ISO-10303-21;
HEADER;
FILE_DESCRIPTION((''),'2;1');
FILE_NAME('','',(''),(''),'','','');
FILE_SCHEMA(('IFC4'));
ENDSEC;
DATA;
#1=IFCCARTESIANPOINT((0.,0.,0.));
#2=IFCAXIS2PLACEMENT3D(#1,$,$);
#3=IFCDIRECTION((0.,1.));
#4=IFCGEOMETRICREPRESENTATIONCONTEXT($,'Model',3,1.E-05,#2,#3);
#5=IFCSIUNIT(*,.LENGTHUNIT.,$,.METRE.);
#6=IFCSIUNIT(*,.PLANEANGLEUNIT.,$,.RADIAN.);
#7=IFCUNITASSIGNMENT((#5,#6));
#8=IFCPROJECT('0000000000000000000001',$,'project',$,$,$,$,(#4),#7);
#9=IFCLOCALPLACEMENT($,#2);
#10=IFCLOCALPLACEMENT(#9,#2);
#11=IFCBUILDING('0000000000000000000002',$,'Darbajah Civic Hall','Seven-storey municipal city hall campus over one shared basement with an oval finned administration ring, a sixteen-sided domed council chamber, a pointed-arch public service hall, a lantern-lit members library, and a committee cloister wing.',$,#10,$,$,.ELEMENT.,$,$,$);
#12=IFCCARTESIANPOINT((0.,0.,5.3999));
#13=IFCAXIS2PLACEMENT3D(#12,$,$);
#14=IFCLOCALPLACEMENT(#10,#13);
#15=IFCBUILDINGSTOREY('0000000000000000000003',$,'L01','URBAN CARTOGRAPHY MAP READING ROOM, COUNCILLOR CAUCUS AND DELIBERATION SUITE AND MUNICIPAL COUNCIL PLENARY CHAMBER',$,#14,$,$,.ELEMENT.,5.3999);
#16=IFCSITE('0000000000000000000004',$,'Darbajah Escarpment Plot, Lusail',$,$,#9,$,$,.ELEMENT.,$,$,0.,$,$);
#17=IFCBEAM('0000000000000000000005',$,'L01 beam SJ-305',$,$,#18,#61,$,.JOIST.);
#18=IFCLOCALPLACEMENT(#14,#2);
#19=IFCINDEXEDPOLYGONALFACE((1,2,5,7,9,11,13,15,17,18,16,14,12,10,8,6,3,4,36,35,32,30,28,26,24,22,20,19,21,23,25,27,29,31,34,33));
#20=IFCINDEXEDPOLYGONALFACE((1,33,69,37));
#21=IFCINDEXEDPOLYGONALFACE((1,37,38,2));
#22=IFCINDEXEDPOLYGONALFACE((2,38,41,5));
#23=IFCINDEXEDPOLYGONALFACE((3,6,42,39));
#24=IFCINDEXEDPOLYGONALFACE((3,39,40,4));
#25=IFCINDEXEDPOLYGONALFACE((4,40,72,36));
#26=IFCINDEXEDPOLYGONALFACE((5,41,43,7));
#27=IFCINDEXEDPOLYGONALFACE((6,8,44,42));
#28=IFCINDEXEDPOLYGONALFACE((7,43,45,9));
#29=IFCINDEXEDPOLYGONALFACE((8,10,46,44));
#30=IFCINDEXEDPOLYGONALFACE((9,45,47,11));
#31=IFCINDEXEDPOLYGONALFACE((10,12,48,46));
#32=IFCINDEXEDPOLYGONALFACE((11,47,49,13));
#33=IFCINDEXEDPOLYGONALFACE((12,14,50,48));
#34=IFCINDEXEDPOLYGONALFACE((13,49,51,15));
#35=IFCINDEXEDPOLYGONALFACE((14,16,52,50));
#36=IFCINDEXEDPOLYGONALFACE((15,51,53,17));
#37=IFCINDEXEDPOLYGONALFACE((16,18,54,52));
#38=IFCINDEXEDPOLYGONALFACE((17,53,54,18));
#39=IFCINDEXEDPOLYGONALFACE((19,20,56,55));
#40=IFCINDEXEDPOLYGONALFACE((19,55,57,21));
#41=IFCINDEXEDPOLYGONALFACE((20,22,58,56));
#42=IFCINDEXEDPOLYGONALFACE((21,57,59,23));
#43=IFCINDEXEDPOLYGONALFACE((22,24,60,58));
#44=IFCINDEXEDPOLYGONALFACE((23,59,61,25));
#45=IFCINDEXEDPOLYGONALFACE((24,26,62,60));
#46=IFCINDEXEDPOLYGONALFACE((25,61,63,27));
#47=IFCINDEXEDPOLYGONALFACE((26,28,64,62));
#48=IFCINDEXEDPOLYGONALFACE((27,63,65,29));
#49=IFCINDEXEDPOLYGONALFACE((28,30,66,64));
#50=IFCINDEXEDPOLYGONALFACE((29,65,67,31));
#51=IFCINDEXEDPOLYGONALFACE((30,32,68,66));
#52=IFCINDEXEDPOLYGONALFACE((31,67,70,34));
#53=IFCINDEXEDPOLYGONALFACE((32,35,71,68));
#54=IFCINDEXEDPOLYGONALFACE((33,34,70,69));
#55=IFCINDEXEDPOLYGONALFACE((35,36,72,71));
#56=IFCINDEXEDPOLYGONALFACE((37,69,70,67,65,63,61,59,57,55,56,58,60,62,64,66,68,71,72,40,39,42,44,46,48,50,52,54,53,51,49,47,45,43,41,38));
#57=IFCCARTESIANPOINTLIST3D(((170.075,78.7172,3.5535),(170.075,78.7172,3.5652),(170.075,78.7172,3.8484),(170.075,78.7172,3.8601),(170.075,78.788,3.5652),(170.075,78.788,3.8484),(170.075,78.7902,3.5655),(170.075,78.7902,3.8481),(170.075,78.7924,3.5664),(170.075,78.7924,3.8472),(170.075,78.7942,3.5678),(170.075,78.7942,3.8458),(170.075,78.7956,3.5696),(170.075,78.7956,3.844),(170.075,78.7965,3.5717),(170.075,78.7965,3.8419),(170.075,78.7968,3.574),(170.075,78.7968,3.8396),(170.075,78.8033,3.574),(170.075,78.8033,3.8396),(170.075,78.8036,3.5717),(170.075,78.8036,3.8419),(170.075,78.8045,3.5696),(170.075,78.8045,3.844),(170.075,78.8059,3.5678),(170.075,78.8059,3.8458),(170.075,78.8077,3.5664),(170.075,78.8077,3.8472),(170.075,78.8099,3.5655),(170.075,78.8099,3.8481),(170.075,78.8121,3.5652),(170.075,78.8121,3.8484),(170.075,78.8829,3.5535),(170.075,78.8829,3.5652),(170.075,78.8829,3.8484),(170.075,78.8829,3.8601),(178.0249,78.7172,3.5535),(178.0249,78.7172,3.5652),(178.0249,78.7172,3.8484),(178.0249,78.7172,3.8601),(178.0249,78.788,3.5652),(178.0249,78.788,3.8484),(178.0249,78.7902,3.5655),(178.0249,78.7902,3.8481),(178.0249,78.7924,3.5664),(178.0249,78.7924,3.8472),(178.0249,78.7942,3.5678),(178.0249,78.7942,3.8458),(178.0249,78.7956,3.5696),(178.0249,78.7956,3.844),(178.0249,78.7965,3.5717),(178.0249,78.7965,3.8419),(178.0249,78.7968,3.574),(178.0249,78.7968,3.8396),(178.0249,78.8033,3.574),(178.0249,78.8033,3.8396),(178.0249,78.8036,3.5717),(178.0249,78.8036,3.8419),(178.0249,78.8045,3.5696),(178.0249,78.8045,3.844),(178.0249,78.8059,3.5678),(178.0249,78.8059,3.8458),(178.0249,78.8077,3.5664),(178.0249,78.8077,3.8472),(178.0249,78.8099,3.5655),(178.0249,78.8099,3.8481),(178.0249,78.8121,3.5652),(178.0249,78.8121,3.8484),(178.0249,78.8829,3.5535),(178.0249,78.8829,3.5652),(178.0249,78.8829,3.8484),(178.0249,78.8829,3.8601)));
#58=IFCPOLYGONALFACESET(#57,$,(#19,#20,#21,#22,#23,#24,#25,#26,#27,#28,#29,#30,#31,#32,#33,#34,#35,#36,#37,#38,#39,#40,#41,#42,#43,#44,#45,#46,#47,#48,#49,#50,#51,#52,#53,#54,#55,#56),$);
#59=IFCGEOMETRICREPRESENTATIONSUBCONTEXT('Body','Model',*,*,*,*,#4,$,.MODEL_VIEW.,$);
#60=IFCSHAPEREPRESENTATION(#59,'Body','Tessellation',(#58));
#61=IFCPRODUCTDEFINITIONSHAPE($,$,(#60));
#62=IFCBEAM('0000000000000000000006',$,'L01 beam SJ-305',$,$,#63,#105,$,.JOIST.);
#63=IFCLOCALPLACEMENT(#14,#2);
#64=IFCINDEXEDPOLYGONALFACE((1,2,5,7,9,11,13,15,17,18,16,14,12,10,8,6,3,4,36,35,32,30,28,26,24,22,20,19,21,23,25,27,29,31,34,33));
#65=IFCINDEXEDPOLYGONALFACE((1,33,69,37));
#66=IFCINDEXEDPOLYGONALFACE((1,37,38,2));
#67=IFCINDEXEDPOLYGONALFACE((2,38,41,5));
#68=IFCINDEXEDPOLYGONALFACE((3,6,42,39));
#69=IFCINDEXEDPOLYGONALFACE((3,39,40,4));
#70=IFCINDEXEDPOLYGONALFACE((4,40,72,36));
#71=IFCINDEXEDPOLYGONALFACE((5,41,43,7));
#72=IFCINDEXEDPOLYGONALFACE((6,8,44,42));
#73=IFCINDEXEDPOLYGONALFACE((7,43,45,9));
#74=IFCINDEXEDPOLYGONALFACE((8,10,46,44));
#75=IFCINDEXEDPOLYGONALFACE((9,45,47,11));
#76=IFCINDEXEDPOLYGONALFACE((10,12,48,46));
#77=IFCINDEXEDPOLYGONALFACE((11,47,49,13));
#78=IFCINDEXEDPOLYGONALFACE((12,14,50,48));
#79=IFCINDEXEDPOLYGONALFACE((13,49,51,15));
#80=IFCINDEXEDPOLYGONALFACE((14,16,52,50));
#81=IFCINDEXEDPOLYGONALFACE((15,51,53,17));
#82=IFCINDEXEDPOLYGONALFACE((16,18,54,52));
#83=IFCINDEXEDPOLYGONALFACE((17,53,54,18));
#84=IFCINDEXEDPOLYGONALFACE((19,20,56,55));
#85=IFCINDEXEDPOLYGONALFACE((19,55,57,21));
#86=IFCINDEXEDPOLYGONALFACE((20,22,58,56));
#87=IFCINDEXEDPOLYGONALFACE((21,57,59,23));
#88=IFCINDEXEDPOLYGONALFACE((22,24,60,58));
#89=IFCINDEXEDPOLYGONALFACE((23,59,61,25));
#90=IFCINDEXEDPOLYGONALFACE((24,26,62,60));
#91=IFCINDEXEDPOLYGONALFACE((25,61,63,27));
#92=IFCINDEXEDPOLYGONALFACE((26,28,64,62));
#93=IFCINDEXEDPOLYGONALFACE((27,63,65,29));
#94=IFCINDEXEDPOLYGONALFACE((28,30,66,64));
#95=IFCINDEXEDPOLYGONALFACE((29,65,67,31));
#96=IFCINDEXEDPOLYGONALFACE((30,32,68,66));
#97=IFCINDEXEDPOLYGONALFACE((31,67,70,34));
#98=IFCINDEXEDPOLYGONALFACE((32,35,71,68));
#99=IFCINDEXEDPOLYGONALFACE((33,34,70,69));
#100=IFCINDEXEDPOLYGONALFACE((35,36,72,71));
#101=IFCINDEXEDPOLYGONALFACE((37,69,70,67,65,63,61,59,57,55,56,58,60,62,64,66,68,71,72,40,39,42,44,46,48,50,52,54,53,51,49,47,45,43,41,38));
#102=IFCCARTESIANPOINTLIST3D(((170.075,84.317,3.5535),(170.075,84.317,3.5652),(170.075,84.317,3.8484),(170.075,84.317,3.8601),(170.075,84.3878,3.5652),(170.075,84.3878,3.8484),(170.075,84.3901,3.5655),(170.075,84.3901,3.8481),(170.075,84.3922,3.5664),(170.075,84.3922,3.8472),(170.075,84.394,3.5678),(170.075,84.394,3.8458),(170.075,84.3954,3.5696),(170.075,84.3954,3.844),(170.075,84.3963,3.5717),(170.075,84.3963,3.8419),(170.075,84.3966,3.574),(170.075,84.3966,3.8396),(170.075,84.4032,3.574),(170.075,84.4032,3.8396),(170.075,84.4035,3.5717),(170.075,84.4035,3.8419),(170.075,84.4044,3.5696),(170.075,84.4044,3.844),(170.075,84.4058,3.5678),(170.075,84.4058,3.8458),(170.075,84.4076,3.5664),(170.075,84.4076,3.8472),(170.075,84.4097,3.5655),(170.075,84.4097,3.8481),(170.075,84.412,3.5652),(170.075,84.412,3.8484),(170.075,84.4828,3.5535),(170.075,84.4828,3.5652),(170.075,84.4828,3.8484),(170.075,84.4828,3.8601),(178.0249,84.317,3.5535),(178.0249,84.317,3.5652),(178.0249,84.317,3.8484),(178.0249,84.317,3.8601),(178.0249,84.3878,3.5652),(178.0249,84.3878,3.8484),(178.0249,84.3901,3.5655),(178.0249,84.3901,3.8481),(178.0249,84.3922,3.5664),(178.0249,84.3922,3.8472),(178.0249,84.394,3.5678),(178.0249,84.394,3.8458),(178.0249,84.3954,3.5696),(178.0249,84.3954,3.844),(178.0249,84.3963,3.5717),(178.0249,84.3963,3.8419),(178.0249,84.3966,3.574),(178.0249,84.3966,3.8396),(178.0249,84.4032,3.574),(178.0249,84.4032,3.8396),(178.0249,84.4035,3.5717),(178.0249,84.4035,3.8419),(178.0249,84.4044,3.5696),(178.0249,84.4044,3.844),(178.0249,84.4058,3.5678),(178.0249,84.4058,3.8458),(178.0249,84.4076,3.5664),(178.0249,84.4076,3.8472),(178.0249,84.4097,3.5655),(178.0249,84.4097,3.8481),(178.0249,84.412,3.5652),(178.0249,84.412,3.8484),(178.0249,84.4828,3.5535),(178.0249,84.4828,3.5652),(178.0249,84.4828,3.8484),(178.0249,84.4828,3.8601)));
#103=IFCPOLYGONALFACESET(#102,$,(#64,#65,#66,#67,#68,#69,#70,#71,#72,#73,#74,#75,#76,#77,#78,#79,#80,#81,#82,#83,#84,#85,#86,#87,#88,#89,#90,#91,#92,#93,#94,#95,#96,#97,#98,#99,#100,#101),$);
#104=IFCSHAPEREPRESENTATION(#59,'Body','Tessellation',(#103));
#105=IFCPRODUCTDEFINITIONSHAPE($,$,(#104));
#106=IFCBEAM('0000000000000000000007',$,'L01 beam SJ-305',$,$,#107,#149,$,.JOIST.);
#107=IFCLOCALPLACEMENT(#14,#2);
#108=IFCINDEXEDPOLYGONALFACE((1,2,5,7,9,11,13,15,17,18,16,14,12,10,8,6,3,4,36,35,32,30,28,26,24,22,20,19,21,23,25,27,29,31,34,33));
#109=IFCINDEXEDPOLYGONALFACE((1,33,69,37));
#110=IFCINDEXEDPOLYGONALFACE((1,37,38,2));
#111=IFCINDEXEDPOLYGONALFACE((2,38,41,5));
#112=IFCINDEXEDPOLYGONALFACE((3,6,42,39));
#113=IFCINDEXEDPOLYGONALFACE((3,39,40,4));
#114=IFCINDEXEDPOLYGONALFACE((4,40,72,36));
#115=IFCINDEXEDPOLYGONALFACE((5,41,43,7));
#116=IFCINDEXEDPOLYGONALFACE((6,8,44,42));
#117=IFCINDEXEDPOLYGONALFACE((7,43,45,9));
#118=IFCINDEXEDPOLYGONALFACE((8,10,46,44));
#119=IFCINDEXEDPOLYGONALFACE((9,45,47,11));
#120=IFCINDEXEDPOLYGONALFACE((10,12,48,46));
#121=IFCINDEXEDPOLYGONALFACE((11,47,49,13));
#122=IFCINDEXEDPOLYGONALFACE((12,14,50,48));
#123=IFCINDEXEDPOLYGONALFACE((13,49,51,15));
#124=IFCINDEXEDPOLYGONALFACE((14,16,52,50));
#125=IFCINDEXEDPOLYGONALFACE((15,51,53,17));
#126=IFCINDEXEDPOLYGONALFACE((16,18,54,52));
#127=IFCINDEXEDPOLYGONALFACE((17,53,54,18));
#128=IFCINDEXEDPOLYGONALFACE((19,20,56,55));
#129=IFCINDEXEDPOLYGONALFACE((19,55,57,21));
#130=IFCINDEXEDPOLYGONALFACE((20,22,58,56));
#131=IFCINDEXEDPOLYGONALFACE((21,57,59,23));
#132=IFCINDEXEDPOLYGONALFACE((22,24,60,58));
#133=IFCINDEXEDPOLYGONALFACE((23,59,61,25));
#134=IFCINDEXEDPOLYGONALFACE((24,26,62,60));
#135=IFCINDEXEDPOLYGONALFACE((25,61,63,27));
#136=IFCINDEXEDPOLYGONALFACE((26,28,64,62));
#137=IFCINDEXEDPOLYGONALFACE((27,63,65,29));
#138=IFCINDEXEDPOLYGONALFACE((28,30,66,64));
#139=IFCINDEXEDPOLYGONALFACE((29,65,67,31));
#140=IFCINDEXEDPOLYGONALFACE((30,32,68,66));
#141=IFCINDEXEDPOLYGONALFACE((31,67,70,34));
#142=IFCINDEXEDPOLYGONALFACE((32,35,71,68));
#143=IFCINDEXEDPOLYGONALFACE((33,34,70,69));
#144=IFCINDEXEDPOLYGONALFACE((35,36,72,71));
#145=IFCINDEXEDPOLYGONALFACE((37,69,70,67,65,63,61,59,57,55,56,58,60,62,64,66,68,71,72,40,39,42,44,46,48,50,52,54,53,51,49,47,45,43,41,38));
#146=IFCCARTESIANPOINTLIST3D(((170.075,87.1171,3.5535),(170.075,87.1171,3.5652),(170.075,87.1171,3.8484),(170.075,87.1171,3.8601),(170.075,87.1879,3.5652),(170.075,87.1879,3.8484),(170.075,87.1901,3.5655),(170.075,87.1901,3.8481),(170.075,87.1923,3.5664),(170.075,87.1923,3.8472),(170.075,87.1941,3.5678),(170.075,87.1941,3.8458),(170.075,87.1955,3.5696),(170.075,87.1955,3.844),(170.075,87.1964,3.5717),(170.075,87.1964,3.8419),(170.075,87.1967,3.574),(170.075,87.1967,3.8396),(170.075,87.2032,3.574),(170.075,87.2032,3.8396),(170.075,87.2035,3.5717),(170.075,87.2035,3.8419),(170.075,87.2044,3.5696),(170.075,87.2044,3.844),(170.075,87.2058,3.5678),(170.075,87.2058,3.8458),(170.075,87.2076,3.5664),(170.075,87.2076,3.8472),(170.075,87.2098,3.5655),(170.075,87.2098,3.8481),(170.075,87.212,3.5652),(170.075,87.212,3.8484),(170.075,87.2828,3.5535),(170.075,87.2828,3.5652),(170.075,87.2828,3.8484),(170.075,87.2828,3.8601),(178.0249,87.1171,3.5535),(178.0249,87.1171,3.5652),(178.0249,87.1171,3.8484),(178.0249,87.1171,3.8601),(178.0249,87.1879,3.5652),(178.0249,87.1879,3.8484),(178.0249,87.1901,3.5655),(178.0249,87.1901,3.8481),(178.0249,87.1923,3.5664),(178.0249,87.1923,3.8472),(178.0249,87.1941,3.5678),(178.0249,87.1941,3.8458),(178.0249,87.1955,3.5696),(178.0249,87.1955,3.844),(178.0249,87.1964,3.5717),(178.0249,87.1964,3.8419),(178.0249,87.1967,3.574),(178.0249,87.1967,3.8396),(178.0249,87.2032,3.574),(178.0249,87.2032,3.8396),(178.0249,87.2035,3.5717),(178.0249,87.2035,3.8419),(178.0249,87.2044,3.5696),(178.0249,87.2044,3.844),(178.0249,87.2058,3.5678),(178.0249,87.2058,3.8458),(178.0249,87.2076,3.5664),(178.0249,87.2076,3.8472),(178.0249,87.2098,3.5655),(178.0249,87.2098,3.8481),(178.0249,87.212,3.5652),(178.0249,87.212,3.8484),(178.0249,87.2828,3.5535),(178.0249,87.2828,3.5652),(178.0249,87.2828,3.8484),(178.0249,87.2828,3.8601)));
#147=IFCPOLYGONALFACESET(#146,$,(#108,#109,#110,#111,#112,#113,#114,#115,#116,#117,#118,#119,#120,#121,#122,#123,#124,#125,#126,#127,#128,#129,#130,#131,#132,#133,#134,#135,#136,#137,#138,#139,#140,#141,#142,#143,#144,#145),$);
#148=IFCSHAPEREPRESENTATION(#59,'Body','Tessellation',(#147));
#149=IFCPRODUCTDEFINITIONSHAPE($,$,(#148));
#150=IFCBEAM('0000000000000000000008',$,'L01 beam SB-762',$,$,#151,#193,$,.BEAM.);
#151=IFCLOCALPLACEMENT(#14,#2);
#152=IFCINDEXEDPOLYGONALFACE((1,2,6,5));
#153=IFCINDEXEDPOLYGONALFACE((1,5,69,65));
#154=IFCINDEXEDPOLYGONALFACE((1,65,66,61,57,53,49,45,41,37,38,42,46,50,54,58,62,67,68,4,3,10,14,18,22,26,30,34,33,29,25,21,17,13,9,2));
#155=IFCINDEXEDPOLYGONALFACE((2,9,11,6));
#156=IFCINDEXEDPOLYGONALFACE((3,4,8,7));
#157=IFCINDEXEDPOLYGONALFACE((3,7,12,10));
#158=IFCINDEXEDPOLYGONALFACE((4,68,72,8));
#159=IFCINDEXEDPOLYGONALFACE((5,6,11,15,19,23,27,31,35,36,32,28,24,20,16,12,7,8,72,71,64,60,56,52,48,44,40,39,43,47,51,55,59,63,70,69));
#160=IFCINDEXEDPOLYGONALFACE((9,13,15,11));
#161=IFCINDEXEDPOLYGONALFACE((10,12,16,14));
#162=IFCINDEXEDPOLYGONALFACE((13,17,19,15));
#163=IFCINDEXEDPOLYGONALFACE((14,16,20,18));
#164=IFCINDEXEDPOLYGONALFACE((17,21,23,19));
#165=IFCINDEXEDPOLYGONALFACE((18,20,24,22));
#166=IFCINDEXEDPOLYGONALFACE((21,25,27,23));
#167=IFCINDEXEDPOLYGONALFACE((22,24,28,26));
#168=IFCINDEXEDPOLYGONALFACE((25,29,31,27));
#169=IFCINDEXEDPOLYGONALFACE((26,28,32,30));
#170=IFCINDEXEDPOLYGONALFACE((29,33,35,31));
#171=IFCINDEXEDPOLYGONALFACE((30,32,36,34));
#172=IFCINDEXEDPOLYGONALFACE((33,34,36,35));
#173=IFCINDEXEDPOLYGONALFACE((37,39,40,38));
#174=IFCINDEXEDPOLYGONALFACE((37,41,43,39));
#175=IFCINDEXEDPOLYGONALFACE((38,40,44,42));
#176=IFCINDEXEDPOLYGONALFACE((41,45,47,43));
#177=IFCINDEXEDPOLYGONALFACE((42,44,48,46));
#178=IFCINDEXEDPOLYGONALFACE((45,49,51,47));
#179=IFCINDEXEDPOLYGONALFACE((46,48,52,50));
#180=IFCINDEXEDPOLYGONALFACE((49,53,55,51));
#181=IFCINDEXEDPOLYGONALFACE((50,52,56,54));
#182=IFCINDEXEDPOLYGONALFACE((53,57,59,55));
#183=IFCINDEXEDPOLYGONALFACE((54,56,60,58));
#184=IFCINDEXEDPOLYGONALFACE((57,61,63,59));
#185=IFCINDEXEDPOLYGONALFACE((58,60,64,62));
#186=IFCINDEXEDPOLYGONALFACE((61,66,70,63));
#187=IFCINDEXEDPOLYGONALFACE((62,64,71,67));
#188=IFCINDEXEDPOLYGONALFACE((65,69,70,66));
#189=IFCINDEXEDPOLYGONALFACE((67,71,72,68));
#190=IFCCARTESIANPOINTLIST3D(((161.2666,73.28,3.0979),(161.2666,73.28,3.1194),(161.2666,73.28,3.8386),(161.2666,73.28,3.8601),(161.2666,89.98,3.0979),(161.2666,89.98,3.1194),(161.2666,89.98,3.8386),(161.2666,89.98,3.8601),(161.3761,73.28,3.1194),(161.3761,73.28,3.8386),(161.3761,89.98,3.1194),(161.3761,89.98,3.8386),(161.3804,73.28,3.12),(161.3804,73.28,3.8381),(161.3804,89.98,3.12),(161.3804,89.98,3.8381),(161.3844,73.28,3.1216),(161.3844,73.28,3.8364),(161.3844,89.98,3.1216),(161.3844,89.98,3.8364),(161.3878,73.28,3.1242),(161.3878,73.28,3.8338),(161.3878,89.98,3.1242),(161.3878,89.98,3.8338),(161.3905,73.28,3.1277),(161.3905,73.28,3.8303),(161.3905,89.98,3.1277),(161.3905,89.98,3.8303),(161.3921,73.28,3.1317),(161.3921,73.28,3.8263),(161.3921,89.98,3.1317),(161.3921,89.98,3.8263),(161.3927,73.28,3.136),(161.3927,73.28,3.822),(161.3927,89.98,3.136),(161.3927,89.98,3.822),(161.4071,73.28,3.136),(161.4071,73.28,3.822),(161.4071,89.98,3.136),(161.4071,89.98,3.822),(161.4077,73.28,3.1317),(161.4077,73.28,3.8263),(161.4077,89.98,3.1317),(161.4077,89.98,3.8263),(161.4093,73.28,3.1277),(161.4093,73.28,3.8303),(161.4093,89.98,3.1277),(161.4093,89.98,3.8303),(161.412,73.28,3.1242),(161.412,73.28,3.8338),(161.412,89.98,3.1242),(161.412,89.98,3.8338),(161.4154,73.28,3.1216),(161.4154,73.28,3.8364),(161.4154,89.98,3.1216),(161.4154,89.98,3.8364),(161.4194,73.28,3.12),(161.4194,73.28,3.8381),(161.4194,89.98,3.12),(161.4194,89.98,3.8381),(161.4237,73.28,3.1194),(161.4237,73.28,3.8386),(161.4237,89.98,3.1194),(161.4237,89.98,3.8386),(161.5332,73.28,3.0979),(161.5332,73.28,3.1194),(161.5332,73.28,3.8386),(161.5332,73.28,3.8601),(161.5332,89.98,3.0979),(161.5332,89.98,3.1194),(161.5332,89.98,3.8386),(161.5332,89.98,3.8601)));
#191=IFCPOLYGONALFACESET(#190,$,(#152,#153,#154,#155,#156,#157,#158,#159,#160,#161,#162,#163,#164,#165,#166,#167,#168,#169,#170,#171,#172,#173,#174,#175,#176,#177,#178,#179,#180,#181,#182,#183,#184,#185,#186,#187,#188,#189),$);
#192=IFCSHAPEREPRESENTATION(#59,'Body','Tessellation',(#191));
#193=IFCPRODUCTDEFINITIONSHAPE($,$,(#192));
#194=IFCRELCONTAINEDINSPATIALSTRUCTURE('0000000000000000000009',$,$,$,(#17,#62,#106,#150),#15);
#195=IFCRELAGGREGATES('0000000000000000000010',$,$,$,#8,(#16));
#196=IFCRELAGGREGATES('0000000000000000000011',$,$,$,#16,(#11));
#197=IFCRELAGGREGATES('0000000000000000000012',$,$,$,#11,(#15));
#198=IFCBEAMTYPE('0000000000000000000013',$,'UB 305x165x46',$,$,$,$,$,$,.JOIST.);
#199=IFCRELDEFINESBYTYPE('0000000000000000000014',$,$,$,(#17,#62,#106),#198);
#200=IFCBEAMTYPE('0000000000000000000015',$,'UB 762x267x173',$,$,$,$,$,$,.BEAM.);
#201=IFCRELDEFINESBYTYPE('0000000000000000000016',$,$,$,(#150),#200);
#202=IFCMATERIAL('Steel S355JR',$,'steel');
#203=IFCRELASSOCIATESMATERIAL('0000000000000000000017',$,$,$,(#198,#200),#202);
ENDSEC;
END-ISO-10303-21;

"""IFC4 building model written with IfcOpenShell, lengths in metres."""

from ifc_helpers import new_model, si_unit, direction, frame, origin, origin_2d, place, context, subcontext, project, spatial, i_section, extrude, material, material_profile, profile_set, type_object, element, save


model = new_model("IFC4")

# Units and contexts
model_context = context("Model", 3, precision=1e-05, world=origin(), true_north=direction((0.0, 1.0)))
body_context = subcontext(model_context, "Body", "Model", "MODEL_VIEW")
ifc_project = project(units=[si_unit("LENGTHUNIT", "METRE"), si_unit("PLANEANGLEUNIT", "RADIAN")], contexts=[model_context])

# Site, building, storey
site_placement = place(None, origin())
site = spatial("IfcSite", under=ifc_project, at=site_placement, Name="Darbajah Escarpment Plot, Lusail", CompositionType="ELEMENT", RefElevation=0.0)
building_placement = place(site_placement, origin())
building = spatial("IfcBuilding", under=site, at=building_placement, Name="Darbajah Civic Hall", Description="Seven-storey municipal city hall campus over one shared basement with an oval finned administration ring, a sixteen-sided domed council chamber, a pointed-arch public service hall, a lantern-lit members library, and a committee cloister wing.", CompositionType="ELEMENT")
storey_placement = place(building_placement, frame((0.0, 0.0, 5.3999)))
storey = spatial("IfcBuildingStorey", under=building, at=storey_placement, Name="L01", Description="URBAN CARTOGRAPHY MAP READING ROOM, COUNCILLOR CAUCUS AND DELIBERATION SUITE AND MUNICIPAL COUNCIL PLENARY CHAMBER", CompositionType="ELEMENT", Elevation=5.3999)

# Beams
ifc_material_1 = material(Name="Steel S355JR", Category="steel")
ifc_material_profile_1 = material_profile(ifc_material_1, i_section(OverallWidth=0.1658, OverallDepth=0.3066, WebThickness=0.0066, FlangeThickness=0.0117, FilletRadius=0.0088, at=origin_2d()), Name="UB 305x165x46")
ifc_profile_set_1 = profile_set([ifc_material_profile_1], Name="Steel S355JR")
beam_type_1 = type_object("IfcBeamType", Name="UB 305x165x46", PredefinedType="JOIST", material=ifc_profile_set_1)
for number, where, z_axis, x_axis, name in (
    (1, (170.075, 78.8, 3.7068), (1.0, 0.0, 0.0), (0.0, 1.0, 0.0), "L01 beam SJ-305"),
    (2, (170.075, 84.3999, 3.7068), (1.0, 0.0, 0.0), (0.0, 1.0, 0.0), "L01 beam SJ-305"),
    (3, (170.075, 87.2, 3.7068), (1.0, 0.0, 0.0), (0.0, 1.0, 0.0), "L01 beam SJ-305"),
):
    element("IfcBeam", number, at=place(storey_placement, frame(where, z_axis=z_axis, x_axis=x_axis)), inside=storey, type_object=beam_type_1, Name=name, PredefinedType="JOIST", context=body_context, shape_type="SweptSolid", body=[
        extrude(i_section(OverallWidth=0.1658, OverallDepth=0.3066, WebThickness=0.0066, FlangeThickness=0.0117, FilletRadius=0.0088, at=origin_2d()), origin(), (0.0, 0.0, 1.0), 7.95),
    ])
ifc_material_profile_2 = material_profile(ifc_material_1, i_section(OverallWidth=0.2666, OverallDepth=0.7622, WebThickness=0.0144, FlangeThickness=0.0215, FilletRadius=0.0166, at=origin_2d()), Name="UB 762x267x173")
ifc_profile_set_2 = profile_set([ifc_material_profile_2], Name="Steel S355JR")
beam_type_2 = type_object("IfcBeamType", Name="UB 762x267x173", PredefinedType="BEAM", material=ifc_profile_set_2)
beam_1_placement = place(storey_placement, frame((161.3999, 73.28, 3.479), z_axis=(0.0, 1.0, 0.0), x_axis=(-1.0, 0.0, 0.0)))
element("IfcBeam", 4, at=beam_1_placement, inside=storey, type_object=beam_type_2, Name="L01 beam SB-762", PredefinedType="BEAM", context=body_context, shape_type="SweptSolid", body=[
    extrude(i_section(OverallWidth=0.2666, OverallDepth=0.7622, WebThickness=0.0144, FlangeThickness=0.0215, FilletRadius=0.0166, at=origin_2d()), origin(), (0.0, 0.0, 1.0), 16.7),
])

save(model, "model.ifc")
